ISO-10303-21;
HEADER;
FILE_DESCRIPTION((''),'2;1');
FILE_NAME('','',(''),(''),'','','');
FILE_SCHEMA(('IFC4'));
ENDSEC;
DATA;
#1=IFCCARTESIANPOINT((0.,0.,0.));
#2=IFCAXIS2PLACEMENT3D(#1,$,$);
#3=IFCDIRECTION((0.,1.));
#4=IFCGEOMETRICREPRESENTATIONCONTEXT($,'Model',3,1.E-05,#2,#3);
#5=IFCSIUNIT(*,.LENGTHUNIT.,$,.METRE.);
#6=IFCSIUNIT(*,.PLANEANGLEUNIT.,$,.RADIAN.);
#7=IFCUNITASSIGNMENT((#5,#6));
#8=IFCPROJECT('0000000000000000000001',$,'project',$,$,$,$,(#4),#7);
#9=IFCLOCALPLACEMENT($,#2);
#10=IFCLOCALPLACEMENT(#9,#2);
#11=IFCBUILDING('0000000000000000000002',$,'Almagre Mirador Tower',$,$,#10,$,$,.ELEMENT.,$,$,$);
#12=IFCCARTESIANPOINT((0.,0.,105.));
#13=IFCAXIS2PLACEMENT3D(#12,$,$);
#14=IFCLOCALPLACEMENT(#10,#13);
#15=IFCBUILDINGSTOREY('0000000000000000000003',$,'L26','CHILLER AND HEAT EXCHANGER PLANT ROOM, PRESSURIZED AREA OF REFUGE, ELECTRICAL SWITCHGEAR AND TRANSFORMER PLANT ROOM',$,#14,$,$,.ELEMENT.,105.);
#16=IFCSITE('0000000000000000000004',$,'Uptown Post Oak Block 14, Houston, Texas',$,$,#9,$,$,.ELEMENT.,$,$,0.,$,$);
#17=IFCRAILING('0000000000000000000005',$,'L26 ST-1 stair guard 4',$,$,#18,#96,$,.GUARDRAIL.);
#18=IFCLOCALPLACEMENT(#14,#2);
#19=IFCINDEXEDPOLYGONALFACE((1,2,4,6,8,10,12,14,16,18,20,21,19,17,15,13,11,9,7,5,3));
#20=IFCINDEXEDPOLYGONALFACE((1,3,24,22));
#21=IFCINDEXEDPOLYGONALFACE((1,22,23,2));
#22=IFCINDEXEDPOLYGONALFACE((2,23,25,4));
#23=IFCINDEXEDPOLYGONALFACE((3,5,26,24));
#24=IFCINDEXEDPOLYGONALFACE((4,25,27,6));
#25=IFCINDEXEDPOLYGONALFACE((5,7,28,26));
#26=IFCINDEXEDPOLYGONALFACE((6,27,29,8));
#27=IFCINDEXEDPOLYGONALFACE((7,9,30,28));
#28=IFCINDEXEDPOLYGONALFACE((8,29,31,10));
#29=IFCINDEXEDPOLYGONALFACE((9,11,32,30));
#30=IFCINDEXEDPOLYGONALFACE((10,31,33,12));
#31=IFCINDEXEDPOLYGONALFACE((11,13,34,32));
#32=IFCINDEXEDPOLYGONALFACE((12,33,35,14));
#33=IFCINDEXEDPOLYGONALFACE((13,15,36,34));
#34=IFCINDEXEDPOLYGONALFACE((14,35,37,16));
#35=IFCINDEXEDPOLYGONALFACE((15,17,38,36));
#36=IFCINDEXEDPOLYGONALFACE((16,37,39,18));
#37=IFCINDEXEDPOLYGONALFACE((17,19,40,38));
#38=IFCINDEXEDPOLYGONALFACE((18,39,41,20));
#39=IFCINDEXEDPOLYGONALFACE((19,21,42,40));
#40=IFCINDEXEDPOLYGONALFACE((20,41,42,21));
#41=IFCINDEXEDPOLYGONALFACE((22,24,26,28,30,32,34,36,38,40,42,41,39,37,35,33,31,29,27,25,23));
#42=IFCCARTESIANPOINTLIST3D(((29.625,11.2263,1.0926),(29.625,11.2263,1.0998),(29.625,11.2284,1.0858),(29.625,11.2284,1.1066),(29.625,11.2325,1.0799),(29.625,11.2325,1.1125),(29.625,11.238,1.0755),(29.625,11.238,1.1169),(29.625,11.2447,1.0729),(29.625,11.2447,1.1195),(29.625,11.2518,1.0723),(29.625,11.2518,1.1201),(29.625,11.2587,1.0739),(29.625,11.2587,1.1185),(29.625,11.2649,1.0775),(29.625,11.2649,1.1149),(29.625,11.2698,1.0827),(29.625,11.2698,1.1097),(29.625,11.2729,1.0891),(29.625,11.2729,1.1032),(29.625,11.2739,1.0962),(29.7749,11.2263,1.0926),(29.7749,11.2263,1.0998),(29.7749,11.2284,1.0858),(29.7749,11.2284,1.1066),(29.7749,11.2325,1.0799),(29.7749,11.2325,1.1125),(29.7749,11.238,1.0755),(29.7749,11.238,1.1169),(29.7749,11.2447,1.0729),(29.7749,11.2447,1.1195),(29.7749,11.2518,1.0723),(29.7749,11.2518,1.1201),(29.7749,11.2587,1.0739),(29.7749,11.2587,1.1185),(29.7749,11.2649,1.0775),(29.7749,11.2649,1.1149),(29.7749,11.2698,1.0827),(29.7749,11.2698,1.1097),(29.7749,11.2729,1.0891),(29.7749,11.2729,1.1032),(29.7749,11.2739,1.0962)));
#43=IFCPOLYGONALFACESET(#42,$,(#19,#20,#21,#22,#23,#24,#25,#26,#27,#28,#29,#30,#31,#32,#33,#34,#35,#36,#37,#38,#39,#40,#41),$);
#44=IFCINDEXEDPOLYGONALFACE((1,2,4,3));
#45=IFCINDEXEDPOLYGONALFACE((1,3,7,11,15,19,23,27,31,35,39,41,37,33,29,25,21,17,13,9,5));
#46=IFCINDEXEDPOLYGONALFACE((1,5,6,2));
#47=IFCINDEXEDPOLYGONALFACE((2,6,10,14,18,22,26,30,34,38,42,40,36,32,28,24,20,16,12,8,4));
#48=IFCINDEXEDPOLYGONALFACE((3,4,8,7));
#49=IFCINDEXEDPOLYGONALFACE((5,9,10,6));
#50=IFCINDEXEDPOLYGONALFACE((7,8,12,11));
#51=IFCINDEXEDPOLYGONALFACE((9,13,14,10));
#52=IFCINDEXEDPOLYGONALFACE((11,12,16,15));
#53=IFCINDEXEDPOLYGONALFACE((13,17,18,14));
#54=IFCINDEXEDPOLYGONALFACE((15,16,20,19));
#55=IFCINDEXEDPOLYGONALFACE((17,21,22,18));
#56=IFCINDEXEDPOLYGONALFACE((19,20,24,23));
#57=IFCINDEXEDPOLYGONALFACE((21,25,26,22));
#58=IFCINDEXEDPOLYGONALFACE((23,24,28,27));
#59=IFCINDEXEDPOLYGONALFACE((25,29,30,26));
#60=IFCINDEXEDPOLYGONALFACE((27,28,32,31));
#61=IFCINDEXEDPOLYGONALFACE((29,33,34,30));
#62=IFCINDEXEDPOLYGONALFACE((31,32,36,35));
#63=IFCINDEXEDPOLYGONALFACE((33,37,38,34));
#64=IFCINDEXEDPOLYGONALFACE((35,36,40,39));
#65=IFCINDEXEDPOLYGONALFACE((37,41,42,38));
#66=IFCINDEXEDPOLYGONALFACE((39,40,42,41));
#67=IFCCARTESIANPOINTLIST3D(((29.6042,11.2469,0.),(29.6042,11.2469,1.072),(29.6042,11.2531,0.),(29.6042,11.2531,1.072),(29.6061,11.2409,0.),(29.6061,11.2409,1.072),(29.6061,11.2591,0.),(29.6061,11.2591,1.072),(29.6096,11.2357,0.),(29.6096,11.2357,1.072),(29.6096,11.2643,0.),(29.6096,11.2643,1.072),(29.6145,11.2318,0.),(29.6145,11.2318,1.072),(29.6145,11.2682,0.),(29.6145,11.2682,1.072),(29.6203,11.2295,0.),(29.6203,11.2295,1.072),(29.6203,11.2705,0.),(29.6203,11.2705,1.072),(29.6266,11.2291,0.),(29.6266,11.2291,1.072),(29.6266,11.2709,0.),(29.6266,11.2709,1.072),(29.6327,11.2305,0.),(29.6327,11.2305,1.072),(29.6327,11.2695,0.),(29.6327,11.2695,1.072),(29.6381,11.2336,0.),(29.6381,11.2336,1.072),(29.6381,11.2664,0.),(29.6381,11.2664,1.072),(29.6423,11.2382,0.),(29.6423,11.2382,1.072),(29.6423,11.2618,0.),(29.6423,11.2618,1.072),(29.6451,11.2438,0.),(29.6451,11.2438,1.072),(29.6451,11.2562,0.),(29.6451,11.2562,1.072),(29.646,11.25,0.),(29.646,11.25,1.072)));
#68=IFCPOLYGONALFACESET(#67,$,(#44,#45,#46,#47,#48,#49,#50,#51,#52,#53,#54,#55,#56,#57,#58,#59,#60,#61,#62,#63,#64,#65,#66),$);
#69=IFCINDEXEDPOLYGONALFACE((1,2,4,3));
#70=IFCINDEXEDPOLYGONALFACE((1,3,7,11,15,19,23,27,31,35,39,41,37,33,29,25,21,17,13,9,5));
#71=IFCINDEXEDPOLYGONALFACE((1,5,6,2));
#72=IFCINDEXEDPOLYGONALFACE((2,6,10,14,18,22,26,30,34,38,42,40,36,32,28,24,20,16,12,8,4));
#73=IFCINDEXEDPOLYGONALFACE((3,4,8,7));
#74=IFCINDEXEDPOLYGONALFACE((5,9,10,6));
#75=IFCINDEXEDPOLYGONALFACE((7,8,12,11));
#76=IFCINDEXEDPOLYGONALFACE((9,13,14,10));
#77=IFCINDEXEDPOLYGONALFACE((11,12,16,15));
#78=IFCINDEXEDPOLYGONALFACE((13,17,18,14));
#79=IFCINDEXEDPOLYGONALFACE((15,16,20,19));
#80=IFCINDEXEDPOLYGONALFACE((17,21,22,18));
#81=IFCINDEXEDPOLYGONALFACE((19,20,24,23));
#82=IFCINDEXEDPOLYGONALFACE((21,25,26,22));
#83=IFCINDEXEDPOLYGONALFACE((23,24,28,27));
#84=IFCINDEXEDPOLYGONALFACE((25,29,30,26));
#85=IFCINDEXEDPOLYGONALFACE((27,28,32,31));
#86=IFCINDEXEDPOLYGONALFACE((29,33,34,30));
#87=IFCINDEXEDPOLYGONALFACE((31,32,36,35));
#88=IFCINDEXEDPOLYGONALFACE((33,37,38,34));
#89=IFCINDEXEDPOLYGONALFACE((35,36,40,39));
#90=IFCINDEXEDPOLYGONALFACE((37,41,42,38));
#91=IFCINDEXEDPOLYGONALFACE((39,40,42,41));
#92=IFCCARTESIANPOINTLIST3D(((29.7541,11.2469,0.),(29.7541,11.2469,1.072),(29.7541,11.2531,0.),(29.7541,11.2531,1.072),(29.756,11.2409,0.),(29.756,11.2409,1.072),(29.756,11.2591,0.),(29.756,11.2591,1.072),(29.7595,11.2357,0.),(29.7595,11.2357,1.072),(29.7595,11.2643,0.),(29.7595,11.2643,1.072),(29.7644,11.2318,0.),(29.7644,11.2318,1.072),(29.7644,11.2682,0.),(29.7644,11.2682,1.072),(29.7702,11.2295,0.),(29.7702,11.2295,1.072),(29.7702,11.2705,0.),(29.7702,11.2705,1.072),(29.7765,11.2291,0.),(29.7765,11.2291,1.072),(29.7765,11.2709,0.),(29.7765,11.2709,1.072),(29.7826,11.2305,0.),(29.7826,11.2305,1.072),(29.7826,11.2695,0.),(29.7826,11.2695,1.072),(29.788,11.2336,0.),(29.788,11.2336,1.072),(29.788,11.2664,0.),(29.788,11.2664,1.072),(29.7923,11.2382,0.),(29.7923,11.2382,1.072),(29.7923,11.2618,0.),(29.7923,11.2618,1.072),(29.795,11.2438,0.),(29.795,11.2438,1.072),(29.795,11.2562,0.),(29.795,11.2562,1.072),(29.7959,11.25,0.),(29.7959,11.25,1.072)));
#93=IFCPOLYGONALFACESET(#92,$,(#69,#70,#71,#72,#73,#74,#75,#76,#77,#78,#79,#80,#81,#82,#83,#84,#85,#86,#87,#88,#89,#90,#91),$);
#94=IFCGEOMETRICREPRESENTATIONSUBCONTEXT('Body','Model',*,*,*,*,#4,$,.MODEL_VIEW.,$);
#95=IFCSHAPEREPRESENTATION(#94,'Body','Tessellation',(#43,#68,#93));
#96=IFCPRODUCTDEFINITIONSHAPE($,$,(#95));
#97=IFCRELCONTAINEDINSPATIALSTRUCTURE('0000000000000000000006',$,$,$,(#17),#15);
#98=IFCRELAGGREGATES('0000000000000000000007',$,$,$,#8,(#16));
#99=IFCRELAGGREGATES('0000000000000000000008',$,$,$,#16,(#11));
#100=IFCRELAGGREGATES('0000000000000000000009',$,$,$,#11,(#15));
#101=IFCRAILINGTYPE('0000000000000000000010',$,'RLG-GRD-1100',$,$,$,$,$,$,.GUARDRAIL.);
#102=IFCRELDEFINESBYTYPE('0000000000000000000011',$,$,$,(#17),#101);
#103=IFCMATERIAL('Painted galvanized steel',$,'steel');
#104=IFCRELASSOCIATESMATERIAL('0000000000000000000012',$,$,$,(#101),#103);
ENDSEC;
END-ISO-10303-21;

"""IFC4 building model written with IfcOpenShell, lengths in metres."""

from ifc_helpers import new_model, si_unit, direction, frame, origin, origin_2d, place, context, subcontext, project, spatial, circle, extrude, material, type_object, element, save


model = new_model("IFC4")

# Units and contexts
model_context = context("Model", 3, precision=1e-05, world=origin(), true_north=direction((0.0, 1.0)))
body_context = subcontext(model_context, "Body", "Model", "MODEL_VIEW")
ifc_project = project(units=[si_unit("LENGTHUNIT", "METRE"), si_unit("PLANEANGLEUNIT", "RADIAN")], contexts=[model_context])

# Site, building, storey
site_placement = place(None, origin())
site = spatial("IfcSite", under=ifc_project, at=site_placement, Name="Uptown Post Oak Block 14, Houston, Texas", CompositionType="ELEMENT", RefElevation=0.0)
building_placement = place(site_placement, origin())
building = spatial("IfcBuilding", under=site, at=building_placement, Name="Almagre Mirador Tower", CompositionType="ELEMENT")
storey_placement = place(building_placement, frame((0.0, 0.0, 105.0)))
storey = spatial("IfcBuildingStorey", under=building, at=storey_placement, Name="L26", Description="CHILLER AND HEAT EXCHANGER PLANT ROOM, PRESSURIZED AREA OF REFUGE, ELECTRICAL SWITCHGEAR AND TRANSFORMER PLANT ROOM", CompositionType="ELEMENT", Elevation=105.0)

# Railing
ifc_material_1 = material(Name="Painted galvanized steel", Category="steel")
railing_type = type_object("IfcRailingType", Name="RLG-GRD-1100", PredefinedType="GUARDRAIL", material=ifc_material_1)
railing_1_placement = place(storey_placement, frame((29.625, 11.25, 0.0)))
element("IfcRailing", 1, at=railing_1_placement, inside=storey, type_object=railing_type, Name="L26 ST-1 stair guard 4", PredefinedType="GUARDRAIL", context=body_context, shape_type="SweptSolid", body=[
    extrude(circle(Radius=0.0239, at=origin_2d()), frame((0.0, 0.0, 1.0962), z_axis=(1.0, 0.0, 0.0), x_axis=(0.0, 1.0, 0.0)), (0.0, 0.0, 1.0), 0.1499),
    extrude(circle(Radius=0.021, at=origin_2d()), origin(), (0.0, 0.0, 1.0), 1.072),
    extrude(circle(Radius=0.021, at=origin_2d()), frame((0.1499, 0.0, 0.0)), (0.0, 0.0, 1.0), 1.072),
])

save(model, "model.ifc")
